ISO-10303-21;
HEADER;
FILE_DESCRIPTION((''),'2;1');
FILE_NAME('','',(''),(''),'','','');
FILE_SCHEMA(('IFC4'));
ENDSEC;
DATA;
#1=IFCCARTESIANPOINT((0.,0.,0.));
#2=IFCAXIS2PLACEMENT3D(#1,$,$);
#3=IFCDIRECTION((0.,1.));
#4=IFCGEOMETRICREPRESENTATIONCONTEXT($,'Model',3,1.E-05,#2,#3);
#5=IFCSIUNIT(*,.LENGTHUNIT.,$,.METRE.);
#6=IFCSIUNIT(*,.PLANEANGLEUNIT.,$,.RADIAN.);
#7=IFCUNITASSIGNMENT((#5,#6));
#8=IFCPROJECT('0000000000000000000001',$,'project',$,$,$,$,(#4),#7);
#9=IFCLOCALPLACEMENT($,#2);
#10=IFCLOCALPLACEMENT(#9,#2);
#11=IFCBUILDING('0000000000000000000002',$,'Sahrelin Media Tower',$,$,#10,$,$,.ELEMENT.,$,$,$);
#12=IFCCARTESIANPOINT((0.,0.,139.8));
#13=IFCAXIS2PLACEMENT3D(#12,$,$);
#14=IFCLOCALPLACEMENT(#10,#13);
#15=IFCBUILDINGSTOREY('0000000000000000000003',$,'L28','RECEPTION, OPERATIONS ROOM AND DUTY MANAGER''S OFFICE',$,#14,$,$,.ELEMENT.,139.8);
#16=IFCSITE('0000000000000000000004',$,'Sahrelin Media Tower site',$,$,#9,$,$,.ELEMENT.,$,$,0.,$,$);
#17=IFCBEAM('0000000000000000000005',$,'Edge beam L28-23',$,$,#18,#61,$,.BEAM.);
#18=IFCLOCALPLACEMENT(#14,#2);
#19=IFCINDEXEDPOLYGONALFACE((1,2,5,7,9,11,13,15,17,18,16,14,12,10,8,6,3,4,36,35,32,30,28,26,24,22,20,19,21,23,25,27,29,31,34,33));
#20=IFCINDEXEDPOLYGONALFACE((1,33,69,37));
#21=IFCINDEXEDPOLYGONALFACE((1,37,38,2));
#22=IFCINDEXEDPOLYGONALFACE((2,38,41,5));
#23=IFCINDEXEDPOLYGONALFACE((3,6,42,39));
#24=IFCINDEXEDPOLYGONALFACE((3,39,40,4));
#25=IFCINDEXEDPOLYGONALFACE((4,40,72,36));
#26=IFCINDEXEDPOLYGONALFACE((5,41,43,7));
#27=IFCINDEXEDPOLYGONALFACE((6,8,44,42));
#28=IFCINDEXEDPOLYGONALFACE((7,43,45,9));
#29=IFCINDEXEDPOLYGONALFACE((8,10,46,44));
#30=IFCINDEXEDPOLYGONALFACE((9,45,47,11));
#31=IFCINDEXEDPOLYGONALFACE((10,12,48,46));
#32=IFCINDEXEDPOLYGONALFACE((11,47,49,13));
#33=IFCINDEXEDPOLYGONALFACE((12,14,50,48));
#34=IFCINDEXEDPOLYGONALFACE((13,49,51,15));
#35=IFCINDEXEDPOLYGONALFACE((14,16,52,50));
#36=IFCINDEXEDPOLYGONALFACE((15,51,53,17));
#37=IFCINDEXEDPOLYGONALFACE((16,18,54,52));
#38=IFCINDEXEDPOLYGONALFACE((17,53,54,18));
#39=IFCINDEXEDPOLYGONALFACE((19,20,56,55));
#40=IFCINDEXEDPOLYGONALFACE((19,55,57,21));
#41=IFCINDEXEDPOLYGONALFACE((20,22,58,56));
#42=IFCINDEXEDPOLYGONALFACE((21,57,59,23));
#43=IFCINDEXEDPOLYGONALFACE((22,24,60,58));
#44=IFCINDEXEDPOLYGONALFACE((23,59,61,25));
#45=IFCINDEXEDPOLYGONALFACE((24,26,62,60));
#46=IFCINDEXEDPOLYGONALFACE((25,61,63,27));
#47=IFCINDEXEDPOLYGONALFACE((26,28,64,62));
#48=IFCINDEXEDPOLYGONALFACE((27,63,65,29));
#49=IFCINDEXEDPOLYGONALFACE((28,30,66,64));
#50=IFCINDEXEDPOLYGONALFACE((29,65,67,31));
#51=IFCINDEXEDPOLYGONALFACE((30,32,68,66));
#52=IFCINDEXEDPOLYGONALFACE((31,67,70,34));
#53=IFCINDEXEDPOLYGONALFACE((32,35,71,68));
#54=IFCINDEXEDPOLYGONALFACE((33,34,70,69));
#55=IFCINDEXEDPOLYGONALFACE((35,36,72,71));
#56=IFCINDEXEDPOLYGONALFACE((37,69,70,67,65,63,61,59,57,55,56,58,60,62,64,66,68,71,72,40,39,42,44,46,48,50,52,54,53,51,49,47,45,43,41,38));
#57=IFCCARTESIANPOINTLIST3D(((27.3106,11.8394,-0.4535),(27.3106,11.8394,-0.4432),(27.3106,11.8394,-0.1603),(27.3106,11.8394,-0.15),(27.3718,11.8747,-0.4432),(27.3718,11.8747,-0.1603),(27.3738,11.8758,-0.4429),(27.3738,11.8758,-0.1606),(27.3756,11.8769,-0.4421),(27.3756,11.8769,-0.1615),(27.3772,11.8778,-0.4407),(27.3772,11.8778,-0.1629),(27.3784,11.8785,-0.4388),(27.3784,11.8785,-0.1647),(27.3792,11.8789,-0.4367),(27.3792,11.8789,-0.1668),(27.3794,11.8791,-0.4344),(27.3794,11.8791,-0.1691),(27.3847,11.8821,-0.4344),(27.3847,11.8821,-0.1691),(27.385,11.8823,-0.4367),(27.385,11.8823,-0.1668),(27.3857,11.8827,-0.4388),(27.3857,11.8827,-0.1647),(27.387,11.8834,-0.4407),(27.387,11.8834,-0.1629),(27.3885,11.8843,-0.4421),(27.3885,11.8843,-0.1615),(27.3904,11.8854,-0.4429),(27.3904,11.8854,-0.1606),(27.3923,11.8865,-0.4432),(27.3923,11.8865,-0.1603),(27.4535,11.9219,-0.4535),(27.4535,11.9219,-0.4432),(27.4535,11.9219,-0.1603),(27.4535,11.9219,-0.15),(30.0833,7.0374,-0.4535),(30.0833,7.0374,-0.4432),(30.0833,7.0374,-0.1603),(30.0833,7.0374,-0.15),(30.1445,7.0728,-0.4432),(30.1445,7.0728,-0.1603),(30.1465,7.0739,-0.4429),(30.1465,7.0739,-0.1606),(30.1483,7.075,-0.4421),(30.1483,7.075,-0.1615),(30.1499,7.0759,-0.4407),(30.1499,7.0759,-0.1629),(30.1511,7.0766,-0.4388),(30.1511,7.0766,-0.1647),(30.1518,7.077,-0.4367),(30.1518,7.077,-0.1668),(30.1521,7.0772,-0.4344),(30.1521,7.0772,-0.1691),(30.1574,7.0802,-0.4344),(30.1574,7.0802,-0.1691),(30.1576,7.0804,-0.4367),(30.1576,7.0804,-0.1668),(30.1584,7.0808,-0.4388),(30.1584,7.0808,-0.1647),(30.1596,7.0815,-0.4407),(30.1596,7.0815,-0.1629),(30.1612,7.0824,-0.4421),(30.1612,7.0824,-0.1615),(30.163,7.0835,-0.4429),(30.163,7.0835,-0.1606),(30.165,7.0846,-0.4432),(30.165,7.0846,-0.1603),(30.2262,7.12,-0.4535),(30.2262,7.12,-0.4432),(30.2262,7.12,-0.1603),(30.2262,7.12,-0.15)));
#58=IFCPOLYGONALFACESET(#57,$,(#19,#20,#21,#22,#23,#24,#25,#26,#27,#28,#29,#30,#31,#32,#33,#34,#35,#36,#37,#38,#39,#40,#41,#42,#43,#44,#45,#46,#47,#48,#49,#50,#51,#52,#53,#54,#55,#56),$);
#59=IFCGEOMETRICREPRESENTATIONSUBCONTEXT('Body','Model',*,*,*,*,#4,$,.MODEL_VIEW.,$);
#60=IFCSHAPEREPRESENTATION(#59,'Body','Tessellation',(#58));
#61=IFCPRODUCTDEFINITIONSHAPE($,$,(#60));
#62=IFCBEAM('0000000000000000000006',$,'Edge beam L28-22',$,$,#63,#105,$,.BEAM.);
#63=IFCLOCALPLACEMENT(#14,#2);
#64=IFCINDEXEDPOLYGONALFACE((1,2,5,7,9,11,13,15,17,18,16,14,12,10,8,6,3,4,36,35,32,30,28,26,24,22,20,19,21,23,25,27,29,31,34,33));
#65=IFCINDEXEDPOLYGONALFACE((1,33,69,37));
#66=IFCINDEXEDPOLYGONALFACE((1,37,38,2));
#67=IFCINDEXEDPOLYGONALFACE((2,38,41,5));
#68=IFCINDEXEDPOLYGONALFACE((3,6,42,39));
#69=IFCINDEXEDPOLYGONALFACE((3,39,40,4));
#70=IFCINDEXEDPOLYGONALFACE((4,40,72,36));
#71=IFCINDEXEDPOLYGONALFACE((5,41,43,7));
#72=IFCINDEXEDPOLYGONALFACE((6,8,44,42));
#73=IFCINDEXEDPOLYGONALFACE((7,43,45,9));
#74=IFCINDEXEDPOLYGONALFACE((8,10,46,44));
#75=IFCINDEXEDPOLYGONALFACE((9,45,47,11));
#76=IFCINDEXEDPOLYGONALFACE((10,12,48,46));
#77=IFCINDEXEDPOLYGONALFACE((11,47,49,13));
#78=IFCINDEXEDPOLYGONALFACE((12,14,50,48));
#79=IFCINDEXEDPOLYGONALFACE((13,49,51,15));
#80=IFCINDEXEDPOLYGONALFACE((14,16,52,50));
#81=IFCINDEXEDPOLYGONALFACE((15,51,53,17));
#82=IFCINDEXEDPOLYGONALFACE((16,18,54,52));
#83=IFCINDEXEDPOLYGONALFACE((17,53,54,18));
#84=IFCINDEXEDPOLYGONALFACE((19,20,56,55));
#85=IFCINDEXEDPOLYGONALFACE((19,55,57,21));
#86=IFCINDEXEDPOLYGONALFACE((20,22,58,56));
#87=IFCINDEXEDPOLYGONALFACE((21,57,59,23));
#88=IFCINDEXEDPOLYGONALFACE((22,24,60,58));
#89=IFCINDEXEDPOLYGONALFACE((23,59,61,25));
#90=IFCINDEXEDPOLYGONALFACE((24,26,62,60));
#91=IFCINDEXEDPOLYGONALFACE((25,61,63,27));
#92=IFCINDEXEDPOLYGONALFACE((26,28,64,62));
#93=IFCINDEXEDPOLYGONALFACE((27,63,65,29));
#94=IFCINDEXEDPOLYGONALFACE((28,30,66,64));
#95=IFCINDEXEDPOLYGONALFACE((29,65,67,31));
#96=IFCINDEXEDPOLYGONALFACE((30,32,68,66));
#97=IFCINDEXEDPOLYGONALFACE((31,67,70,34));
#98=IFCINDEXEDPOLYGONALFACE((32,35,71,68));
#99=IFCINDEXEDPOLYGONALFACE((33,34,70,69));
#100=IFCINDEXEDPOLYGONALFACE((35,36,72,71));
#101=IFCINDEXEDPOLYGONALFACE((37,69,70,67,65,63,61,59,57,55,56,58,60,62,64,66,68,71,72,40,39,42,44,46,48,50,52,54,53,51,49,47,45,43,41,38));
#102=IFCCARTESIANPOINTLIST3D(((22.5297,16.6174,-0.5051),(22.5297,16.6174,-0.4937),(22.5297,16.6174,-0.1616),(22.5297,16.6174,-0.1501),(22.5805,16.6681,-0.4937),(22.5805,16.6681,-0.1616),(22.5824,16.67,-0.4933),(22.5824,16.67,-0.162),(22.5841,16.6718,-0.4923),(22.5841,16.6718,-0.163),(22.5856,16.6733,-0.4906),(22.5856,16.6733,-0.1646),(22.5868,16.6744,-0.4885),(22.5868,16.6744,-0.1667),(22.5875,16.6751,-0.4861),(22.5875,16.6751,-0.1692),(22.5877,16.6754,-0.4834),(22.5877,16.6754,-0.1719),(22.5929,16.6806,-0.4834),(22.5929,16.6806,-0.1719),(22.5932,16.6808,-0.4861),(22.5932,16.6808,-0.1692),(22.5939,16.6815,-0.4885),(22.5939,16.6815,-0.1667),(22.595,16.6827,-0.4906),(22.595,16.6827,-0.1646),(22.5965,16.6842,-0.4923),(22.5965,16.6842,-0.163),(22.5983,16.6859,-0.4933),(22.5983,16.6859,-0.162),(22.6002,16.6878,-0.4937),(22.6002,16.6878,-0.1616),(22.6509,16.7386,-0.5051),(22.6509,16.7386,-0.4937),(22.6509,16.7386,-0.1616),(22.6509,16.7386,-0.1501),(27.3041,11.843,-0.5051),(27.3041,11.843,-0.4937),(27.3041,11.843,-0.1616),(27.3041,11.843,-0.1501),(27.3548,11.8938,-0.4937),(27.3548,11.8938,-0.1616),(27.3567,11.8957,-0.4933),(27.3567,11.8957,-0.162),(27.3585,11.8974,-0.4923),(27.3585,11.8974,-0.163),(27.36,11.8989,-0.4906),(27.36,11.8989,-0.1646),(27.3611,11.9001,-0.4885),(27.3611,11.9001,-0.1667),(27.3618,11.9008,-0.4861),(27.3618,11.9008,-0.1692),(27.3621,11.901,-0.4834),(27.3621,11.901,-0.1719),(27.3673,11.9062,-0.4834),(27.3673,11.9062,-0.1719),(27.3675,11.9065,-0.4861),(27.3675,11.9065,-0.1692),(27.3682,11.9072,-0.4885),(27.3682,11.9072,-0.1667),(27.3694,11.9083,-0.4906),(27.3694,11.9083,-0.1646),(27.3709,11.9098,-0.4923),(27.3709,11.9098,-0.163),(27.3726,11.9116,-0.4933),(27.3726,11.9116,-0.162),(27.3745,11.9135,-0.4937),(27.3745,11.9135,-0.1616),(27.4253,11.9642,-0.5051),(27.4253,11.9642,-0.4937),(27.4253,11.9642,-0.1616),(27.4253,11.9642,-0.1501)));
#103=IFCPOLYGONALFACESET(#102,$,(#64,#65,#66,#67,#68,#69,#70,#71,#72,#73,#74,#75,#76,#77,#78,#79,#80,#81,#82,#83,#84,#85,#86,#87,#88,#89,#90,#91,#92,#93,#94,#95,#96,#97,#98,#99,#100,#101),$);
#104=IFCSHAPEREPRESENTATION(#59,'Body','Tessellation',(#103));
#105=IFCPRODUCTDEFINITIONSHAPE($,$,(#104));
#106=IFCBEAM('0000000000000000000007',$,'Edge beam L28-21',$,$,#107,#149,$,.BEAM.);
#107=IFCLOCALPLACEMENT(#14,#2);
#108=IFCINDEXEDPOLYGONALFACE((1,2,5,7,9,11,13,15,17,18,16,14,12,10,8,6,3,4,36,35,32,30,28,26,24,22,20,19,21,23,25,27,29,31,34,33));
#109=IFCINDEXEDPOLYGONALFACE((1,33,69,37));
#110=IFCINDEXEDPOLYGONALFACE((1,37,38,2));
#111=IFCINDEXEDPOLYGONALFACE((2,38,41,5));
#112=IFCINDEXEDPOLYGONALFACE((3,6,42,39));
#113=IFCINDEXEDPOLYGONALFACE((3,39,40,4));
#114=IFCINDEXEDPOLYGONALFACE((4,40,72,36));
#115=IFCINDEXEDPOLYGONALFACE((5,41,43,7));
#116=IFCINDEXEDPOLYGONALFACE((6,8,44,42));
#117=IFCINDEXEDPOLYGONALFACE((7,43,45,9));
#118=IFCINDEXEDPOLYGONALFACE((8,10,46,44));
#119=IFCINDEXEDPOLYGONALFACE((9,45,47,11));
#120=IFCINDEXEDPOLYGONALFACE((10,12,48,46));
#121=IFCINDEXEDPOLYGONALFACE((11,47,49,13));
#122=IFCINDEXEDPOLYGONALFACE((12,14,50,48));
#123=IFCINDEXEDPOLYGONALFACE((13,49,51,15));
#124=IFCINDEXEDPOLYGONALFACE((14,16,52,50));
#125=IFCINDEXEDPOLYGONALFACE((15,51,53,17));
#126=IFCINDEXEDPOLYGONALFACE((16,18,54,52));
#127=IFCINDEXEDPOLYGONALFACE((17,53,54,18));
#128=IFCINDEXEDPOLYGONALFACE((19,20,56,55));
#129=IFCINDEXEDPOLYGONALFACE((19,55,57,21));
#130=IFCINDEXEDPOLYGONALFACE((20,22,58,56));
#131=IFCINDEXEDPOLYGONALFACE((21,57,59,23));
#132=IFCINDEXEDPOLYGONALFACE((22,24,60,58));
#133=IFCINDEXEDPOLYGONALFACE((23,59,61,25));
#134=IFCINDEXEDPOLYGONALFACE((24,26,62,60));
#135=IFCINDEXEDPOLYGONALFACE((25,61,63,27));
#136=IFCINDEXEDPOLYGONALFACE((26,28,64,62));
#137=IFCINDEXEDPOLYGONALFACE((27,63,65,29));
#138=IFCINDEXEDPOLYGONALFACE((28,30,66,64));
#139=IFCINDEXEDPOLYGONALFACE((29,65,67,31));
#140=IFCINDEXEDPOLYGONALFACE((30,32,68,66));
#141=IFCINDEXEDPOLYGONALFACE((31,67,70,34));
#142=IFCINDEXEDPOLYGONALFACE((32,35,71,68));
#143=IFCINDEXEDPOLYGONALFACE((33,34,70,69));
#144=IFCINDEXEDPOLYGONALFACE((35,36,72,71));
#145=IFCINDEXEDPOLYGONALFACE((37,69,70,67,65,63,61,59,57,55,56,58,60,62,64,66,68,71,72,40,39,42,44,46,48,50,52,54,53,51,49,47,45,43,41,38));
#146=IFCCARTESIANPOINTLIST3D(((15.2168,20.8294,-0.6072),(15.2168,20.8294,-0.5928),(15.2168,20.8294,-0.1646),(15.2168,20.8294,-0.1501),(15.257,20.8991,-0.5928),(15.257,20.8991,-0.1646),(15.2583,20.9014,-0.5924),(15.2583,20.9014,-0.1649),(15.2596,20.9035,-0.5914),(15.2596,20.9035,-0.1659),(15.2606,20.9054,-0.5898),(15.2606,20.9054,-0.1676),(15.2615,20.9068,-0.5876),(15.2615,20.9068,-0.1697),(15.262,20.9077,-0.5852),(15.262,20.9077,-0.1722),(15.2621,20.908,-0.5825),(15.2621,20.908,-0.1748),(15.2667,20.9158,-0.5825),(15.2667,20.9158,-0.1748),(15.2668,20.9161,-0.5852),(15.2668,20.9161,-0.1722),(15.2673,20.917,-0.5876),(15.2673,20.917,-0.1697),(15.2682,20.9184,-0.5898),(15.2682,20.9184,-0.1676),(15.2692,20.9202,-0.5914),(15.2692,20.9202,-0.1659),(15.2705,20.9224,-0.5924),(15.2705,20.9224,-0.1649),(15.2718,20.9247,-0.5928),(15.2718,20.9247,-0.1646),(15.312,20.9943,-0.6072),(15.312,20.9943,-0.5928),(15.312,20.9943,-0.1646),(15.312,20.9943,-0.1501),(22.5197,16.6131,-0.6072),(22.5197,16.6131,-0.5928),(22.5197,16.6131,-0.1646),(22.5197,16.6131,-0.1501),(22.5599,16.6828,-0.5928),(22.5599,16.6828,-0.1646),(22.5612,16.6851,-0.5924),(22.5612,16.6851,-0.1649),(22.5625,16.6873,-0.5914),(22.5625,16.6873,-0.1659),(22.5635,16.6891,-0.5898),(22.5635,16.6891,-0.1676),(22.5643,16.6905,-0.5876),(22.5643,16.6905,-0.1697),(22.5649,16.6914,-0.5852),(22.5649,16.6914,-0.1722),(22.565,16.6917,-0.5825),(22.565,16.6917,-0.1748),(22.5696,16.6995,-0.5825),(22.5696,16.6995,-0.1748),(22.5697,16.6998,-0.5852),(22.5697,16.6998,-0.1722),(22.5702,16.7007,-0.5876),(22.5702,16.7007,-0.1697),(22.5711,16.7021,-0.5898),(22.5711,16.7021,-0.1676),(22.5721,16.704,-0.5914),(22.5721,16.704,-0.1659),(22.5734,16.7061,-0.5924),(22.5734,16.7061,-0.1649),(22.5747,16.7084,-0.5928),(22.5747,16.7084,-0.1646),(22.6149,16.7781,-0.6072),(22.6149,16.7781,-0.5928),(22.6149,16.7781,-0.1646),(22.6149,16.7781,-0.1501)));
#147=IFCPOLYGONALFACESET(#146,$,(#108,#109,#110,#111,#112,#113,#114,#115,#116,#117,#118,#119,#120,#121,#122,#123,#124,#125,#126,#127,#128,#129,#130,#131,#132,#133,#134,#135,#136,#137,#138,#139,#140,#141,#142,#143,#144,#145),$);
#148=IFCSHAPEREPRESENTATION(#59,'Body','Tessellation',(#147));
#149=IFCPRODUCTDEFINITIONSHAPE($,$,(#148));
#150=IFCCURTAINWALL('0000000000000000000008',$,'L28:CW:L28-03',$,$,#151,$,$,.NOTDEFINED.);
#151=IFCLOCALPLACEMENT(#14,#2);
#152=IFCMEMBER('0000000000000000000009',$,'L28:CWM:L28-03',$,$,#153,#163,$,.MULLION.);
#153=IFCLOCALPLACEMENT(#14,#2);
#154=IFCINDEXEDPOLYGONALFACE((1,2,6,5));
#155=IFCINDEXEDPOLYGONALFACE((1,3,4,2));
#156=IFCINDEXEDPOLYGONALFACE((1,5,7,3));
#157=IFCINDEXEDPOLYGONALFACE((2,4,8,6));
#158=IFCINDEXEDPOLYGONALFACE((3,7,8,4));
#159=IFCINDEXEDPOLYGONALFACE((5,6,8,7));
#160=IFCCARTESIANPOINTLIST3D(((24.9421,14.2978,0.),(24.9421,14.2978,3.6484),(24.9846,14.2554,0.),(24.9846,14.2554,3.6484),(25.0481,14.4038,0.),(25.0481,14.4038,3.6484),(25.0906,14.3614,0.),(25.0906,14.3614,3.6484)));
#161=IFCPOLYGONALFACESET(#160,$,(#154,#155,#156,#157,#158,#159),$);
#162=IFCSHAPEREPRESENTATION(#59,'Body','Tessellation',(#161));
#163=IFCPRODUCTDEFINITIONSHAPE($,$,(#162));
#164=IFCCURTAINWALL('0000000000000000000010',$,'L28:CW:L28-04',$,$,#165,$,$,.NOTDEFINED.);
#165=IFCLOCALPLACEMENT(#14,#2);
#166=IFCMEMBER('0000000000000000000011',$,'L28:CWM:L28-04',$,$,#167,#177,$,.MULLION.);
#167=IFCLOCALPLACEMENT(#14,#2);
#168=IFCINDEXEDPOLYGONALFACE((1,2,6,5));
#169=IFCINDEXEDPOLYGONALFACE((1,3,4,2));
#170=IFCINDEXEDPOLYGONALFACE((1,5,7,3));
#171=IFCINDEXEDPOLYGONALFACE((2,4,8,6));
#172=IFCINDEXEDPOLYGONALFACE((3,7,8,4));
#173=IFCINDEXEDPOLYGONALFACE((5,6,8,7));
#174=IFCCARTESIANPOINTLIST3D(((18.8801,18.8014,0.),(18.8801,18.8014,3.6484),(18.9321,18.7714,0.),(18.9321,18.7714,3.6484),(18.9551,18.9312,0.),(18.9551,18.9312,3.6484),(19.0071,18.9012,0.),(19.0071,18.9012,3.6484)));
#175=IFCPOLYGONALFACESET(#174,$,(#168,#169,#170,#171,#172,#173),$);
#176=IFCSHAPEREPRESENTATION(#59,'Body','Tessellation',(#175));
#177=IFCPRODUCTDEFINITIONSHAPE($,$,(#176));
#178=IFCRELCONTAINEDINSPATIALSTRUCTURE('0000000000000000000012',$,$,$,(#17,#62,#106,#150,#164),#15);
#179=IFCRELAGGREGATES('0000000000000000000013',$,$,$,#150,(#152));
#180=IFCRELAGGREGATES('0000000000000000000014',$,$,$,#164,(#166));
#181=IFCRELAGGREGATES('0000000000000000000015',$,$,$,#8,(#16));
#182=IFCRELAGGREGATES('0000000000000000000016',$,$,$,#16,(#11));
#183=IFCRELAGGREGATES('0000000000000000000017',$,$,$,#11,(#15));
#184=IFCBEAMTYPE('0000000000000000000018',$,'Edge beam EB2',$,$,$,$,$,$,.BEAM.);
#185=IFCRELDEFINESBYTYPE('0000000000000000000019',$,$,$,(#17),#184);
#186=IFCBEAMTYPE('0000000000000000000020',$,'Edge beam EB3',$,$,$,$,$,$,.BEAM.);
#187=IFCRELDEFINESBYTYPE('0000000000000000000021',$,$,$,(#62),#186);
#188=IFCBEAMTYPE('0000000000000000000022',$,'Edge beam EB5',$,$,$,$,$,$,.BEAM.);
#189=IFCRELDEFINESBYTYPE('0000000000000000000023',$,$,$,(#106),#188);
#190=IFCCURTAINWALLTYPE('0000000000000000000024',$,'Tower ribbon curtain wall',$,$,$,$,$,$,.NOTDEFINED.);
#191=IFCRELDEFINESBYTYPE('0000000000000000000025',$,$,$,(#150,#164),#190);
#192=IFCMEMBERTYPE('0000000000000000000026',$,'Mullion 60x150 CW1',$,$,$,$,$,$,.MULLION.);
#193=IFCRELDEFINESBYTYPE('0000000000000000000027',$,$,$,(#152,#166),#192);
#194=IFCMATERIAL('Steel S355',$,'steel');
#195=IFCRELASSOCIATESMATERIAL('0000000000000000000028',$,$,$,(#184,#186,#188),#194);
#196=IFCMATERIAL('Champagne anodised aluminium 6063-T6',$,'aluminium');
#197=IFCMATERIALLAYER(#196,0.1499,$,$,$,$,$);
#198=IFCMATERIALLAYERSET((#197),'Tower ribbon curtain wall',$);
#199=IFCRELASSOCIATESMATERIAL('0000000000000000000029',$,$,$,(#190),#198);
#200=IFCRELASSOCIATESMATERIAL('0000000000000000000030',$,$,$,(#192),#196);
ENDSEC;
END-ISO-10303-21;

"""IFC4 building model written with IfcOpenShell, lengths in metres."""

from ifc_helpers import new_model, si_unit, direction, frame, origin, origin_2d, place, context, subcontext, project, spatial, rectangle, i_section, extrude, material, layer, layer_set, material_profile, profile_set, type_object, element, aggregate, save


model = new_model("IFC4")

# Units and contexts
model_context = context("Model", 3, precision=1e-05, world=origin(), true_north=direction((0.0, 1.0)))
body_context = subcontext(model_context, "Body", "Model", "MODEL_VIEW")
ifc_project = project(units=[si_unit("LENGTHUNIT", "METRE"), si_unit("PLANEANGLEUNIT", "RADIAN")], contexts=[model_context])

# Site, building, storey
site_placement = place(None, origin())
site = spatial("IfcSite", under=ifc_project, at=site_placement, Name="Sahrelin Media Tower site", CompositionType="ELEMENT", RefElevation=0.0)
building_placement = place(site_placement, origin())
building = spatial("IfcBuilding", under=site, at=building_placement, Name="Sahrelin Media Tower", CompositionType="ELEMENT")
storey_placement = place(building_placement, frame((0.0, 0.0, 139.8)))
storey = spatial("IfcBuildingStorey", under=building, at=storey_placement, Name="L28", Description="RECEPTION, OPERATIONS ROOM AND DUTY MANAGER'S OFFICE", CompositionType="ELEMENT", Elevation=139.8)

# Beams
ifc_material_1 = material(Name="Steel S355", Category="steel")
ifc_material_profile_1 = material_profile(ifc_material_1, i_section(OverallWidth=0.165, OverallDepth=0.3035, WebThickness=0.0061, FlangeThickness=0.0103, FilletRadius=0.0088, at=origin_2d()), Name="UB 305x165x40")
ifc_profile_set_1 = profile_set([ifc_material_profile_1], Name="Steel S355")
beam_type_1 = type_object("IfcBeamType", Name="Edge beam EB2", PredefinedType="BEAM", material=ifc_profile_set_1)
beam_1_placement = place(storey_placement, frame((27.3821, 11.8806, -0.3018), z_axis=(0.500036, -0.866004, 0.0), x_axis=(0.866004, 0.500036, 0.0)))
element("IfcBeam", 1, at=beam_1_placement, inside=storey, type_object=beam_type_1, Name="Edge beam L28-23", PredefinedType="BEAM", context=body_context, shape_type="SweptSolid", body=[
    extrude(i_section(OverallWidth=0.165, OverallDepth=0.3035, WebThickness=0.0061, FlangeThickness=0.0103, FilletRadius=0.0088, at=origin_2d()), origin(), (0.0, 0.0, 1.0), 5.5449),
])
ifc_material_profile_2 = material_profile(ifc_material_1, i_section(OverallWidth=0.1714, OverallDepth=0.355, WebThickness=0.0073, FlangeThickness=0.0115, FilletRadius=0.0103, at=origin_2d()), Name="UB 356x171x51")
ifc_profile_set_2 = profile_set([ifc_material_profile_2], Name="Steel S355")
beam_type_2 = type_object("IfcBeamType", Name="Edge beam EB3", PredefinedType="BEAM", material=ifc_profile_set_2)
beam_2_placement = place(storey_placement, frame((22.5903, 16.678, -0.3276), z_axis=(0.707107, -0.707107, 0.0), x_axis=(0.707107, 0.707107, 0.0)))
element("IfcBeam", 2, at=beam_2_placement, inside=storey, type_object=beam_type_2, Name="Edge beam L28-22", PredefinedType="BEAM", context=body_context, shape_type="SweptSolid", body=[
    extrude(i_section(OverallWidth=0.1714, OverallDepth=0.355, WebThickness=0.0073, FlangeThickness=0.0115, FilletRadius=0.0103, at=origin_2d()), origin(), (0.0, 0.0, 1.0), 6.752),
])
ifc_material_profile_3 = material_profile(ifc_material_1, i_section(OverallWidth=0.1904, OverallDepth=0.457, WebThickness=0.009, FlangeThickness=0.0144, FilletRadius=0.0103, at=origin_2d()), Name="UB 457x191x74")
ifc_profile_set_3 = profile_set([ifc_material_profile_3], Name="Steel S355")
beam_type_3 = type_object("IfcBeamType", Name="Edge beam EB5", PredefinedType="BEAM", material=ifc_profile_set_3)
beam_3_placement = place(storey_placement, frame((15.2644, 20.9119, -0.3787), z_axis=(0.866029, -0.499994, 0.0), x_axis=(0.499994, 0.866029, 0.0)))
element("IfcBeam", 3, at=beam_3_placement, inside=storey, type_object=beam_type_3, Name="Edge beam L28-21", PredefinedType="BEAM", context=body_context, shape_type="SweptSolid", body=[
    extrude(i_section(OverallWidth=0.1904, OverallDepth=0.457, WebThickness=0.009, FlangeThickness=0.0144, FilletRadius=0.0103, at=origin_2d()), origin(), (0.0, 0.0, 1.0), 8.4326),
])

# Curtain walls, members
ifc_material_2 = material(Name="Champagne anodised aluminium 6063-T6", Category="aluminium")
ifc_layer_1 = layer(ifc_material_2, 0.1499)
ifc_layer_set_1 = layer_set([ifc_layer_1], Name="Tower ribbon curtain wall")
curtain_wall_type = type_object("IfcCurtainWallType", Name="Tower ribbon curtain wall", PredefinedType="NOTDEFINED", material=ifc_layer_set_1)
curtain_wall_1_placement = place(storey_placement, frame((25.0835, 14.3967, 0.0), z_axis=(0.0, 0.0, 1.0), x_axis=(1.0, 0.0, 0.0)))
curtain_wall_1 = element("IfcCurtainWall", 4, at=curtain_wall_1_placement, inside=storey, type_object=curtain_wall_type, Name="L28:CW:L28-03", PredefinedType="NOTDEFINED")
ifc_material_profile_4 = material_profile(ifc_material_2, rectangle(XDim=0.0601, YDim=0.1499, at=origin_2d()), Name="Mullion 60x150")
ifc_profile_set_4 = profile_set([ifc_material_profile_4], Name="Champagne anodised aluminium 6063-T6")
member_type_1 = type_object("IfcMemberType", Name="Mullion 60x150 CW1", PredefinedType="MULLION", material=ifc_profile_set_4)
member_1_placement = place(storey_placement, frame((25.0164, 14.3296, 0.0), z_axis=(0.0, 0.0, 1.0), x_axis=(-0.707107, 0.707107, 0.0)))
member_1 = element("IfcMember", 5, at=member_1_placement, type_object=member_type_1, Name="L28:CWM:L28-03", PredefinedType="MULLION", context=body_context, shape_type="SweptSolid", body=[
    extrude(rectangle(XDim=0.0601, YDim=0.1499, at=origin_2d()), origin(), (0.0, 0.0, 1.0), 3.6484),
])
curtain_wall_2_placement = place(storey_placement, frame((18.991, 18.9336, 0.0), z_axis=(0.0, 0.0, 1.0), x_axis=(1.0, 0.0, 0.0)))
curtain_wall_2 = element("IfcCurtainWall", 6, at=curtain_wall_2_placement, inside=storey, type_object=curtain_wall_type, Name="L28:CW:L28-04", PredefinedType="NOTDEFINED")
member_2_placement = place(storey_placement, frame((18.9436, 18.8513, 0.0), z_axis=(0.0, 0.0, 1.0), x_axis=(-0.866027, 0.499997, 0.0)))
member_2 = element("IfcMember", 7, at=member_2_placement, type_object=member_type_1, Name="L28:CWM:L28-04", PredefinedType="MULLION", context=body_context, shape_type="SweptSolid", body=[
    extrude(rectangle(XDim=0.0601, YDim=0.1499, at=origin_2d()), origin(), (0.0, 0.0, 1.0), 3.6484),
])

aggregate(curtain_wall_1, [member_1])
aggregate(curtain_wall_2, [member_2])

save(model, "model.ifc")
